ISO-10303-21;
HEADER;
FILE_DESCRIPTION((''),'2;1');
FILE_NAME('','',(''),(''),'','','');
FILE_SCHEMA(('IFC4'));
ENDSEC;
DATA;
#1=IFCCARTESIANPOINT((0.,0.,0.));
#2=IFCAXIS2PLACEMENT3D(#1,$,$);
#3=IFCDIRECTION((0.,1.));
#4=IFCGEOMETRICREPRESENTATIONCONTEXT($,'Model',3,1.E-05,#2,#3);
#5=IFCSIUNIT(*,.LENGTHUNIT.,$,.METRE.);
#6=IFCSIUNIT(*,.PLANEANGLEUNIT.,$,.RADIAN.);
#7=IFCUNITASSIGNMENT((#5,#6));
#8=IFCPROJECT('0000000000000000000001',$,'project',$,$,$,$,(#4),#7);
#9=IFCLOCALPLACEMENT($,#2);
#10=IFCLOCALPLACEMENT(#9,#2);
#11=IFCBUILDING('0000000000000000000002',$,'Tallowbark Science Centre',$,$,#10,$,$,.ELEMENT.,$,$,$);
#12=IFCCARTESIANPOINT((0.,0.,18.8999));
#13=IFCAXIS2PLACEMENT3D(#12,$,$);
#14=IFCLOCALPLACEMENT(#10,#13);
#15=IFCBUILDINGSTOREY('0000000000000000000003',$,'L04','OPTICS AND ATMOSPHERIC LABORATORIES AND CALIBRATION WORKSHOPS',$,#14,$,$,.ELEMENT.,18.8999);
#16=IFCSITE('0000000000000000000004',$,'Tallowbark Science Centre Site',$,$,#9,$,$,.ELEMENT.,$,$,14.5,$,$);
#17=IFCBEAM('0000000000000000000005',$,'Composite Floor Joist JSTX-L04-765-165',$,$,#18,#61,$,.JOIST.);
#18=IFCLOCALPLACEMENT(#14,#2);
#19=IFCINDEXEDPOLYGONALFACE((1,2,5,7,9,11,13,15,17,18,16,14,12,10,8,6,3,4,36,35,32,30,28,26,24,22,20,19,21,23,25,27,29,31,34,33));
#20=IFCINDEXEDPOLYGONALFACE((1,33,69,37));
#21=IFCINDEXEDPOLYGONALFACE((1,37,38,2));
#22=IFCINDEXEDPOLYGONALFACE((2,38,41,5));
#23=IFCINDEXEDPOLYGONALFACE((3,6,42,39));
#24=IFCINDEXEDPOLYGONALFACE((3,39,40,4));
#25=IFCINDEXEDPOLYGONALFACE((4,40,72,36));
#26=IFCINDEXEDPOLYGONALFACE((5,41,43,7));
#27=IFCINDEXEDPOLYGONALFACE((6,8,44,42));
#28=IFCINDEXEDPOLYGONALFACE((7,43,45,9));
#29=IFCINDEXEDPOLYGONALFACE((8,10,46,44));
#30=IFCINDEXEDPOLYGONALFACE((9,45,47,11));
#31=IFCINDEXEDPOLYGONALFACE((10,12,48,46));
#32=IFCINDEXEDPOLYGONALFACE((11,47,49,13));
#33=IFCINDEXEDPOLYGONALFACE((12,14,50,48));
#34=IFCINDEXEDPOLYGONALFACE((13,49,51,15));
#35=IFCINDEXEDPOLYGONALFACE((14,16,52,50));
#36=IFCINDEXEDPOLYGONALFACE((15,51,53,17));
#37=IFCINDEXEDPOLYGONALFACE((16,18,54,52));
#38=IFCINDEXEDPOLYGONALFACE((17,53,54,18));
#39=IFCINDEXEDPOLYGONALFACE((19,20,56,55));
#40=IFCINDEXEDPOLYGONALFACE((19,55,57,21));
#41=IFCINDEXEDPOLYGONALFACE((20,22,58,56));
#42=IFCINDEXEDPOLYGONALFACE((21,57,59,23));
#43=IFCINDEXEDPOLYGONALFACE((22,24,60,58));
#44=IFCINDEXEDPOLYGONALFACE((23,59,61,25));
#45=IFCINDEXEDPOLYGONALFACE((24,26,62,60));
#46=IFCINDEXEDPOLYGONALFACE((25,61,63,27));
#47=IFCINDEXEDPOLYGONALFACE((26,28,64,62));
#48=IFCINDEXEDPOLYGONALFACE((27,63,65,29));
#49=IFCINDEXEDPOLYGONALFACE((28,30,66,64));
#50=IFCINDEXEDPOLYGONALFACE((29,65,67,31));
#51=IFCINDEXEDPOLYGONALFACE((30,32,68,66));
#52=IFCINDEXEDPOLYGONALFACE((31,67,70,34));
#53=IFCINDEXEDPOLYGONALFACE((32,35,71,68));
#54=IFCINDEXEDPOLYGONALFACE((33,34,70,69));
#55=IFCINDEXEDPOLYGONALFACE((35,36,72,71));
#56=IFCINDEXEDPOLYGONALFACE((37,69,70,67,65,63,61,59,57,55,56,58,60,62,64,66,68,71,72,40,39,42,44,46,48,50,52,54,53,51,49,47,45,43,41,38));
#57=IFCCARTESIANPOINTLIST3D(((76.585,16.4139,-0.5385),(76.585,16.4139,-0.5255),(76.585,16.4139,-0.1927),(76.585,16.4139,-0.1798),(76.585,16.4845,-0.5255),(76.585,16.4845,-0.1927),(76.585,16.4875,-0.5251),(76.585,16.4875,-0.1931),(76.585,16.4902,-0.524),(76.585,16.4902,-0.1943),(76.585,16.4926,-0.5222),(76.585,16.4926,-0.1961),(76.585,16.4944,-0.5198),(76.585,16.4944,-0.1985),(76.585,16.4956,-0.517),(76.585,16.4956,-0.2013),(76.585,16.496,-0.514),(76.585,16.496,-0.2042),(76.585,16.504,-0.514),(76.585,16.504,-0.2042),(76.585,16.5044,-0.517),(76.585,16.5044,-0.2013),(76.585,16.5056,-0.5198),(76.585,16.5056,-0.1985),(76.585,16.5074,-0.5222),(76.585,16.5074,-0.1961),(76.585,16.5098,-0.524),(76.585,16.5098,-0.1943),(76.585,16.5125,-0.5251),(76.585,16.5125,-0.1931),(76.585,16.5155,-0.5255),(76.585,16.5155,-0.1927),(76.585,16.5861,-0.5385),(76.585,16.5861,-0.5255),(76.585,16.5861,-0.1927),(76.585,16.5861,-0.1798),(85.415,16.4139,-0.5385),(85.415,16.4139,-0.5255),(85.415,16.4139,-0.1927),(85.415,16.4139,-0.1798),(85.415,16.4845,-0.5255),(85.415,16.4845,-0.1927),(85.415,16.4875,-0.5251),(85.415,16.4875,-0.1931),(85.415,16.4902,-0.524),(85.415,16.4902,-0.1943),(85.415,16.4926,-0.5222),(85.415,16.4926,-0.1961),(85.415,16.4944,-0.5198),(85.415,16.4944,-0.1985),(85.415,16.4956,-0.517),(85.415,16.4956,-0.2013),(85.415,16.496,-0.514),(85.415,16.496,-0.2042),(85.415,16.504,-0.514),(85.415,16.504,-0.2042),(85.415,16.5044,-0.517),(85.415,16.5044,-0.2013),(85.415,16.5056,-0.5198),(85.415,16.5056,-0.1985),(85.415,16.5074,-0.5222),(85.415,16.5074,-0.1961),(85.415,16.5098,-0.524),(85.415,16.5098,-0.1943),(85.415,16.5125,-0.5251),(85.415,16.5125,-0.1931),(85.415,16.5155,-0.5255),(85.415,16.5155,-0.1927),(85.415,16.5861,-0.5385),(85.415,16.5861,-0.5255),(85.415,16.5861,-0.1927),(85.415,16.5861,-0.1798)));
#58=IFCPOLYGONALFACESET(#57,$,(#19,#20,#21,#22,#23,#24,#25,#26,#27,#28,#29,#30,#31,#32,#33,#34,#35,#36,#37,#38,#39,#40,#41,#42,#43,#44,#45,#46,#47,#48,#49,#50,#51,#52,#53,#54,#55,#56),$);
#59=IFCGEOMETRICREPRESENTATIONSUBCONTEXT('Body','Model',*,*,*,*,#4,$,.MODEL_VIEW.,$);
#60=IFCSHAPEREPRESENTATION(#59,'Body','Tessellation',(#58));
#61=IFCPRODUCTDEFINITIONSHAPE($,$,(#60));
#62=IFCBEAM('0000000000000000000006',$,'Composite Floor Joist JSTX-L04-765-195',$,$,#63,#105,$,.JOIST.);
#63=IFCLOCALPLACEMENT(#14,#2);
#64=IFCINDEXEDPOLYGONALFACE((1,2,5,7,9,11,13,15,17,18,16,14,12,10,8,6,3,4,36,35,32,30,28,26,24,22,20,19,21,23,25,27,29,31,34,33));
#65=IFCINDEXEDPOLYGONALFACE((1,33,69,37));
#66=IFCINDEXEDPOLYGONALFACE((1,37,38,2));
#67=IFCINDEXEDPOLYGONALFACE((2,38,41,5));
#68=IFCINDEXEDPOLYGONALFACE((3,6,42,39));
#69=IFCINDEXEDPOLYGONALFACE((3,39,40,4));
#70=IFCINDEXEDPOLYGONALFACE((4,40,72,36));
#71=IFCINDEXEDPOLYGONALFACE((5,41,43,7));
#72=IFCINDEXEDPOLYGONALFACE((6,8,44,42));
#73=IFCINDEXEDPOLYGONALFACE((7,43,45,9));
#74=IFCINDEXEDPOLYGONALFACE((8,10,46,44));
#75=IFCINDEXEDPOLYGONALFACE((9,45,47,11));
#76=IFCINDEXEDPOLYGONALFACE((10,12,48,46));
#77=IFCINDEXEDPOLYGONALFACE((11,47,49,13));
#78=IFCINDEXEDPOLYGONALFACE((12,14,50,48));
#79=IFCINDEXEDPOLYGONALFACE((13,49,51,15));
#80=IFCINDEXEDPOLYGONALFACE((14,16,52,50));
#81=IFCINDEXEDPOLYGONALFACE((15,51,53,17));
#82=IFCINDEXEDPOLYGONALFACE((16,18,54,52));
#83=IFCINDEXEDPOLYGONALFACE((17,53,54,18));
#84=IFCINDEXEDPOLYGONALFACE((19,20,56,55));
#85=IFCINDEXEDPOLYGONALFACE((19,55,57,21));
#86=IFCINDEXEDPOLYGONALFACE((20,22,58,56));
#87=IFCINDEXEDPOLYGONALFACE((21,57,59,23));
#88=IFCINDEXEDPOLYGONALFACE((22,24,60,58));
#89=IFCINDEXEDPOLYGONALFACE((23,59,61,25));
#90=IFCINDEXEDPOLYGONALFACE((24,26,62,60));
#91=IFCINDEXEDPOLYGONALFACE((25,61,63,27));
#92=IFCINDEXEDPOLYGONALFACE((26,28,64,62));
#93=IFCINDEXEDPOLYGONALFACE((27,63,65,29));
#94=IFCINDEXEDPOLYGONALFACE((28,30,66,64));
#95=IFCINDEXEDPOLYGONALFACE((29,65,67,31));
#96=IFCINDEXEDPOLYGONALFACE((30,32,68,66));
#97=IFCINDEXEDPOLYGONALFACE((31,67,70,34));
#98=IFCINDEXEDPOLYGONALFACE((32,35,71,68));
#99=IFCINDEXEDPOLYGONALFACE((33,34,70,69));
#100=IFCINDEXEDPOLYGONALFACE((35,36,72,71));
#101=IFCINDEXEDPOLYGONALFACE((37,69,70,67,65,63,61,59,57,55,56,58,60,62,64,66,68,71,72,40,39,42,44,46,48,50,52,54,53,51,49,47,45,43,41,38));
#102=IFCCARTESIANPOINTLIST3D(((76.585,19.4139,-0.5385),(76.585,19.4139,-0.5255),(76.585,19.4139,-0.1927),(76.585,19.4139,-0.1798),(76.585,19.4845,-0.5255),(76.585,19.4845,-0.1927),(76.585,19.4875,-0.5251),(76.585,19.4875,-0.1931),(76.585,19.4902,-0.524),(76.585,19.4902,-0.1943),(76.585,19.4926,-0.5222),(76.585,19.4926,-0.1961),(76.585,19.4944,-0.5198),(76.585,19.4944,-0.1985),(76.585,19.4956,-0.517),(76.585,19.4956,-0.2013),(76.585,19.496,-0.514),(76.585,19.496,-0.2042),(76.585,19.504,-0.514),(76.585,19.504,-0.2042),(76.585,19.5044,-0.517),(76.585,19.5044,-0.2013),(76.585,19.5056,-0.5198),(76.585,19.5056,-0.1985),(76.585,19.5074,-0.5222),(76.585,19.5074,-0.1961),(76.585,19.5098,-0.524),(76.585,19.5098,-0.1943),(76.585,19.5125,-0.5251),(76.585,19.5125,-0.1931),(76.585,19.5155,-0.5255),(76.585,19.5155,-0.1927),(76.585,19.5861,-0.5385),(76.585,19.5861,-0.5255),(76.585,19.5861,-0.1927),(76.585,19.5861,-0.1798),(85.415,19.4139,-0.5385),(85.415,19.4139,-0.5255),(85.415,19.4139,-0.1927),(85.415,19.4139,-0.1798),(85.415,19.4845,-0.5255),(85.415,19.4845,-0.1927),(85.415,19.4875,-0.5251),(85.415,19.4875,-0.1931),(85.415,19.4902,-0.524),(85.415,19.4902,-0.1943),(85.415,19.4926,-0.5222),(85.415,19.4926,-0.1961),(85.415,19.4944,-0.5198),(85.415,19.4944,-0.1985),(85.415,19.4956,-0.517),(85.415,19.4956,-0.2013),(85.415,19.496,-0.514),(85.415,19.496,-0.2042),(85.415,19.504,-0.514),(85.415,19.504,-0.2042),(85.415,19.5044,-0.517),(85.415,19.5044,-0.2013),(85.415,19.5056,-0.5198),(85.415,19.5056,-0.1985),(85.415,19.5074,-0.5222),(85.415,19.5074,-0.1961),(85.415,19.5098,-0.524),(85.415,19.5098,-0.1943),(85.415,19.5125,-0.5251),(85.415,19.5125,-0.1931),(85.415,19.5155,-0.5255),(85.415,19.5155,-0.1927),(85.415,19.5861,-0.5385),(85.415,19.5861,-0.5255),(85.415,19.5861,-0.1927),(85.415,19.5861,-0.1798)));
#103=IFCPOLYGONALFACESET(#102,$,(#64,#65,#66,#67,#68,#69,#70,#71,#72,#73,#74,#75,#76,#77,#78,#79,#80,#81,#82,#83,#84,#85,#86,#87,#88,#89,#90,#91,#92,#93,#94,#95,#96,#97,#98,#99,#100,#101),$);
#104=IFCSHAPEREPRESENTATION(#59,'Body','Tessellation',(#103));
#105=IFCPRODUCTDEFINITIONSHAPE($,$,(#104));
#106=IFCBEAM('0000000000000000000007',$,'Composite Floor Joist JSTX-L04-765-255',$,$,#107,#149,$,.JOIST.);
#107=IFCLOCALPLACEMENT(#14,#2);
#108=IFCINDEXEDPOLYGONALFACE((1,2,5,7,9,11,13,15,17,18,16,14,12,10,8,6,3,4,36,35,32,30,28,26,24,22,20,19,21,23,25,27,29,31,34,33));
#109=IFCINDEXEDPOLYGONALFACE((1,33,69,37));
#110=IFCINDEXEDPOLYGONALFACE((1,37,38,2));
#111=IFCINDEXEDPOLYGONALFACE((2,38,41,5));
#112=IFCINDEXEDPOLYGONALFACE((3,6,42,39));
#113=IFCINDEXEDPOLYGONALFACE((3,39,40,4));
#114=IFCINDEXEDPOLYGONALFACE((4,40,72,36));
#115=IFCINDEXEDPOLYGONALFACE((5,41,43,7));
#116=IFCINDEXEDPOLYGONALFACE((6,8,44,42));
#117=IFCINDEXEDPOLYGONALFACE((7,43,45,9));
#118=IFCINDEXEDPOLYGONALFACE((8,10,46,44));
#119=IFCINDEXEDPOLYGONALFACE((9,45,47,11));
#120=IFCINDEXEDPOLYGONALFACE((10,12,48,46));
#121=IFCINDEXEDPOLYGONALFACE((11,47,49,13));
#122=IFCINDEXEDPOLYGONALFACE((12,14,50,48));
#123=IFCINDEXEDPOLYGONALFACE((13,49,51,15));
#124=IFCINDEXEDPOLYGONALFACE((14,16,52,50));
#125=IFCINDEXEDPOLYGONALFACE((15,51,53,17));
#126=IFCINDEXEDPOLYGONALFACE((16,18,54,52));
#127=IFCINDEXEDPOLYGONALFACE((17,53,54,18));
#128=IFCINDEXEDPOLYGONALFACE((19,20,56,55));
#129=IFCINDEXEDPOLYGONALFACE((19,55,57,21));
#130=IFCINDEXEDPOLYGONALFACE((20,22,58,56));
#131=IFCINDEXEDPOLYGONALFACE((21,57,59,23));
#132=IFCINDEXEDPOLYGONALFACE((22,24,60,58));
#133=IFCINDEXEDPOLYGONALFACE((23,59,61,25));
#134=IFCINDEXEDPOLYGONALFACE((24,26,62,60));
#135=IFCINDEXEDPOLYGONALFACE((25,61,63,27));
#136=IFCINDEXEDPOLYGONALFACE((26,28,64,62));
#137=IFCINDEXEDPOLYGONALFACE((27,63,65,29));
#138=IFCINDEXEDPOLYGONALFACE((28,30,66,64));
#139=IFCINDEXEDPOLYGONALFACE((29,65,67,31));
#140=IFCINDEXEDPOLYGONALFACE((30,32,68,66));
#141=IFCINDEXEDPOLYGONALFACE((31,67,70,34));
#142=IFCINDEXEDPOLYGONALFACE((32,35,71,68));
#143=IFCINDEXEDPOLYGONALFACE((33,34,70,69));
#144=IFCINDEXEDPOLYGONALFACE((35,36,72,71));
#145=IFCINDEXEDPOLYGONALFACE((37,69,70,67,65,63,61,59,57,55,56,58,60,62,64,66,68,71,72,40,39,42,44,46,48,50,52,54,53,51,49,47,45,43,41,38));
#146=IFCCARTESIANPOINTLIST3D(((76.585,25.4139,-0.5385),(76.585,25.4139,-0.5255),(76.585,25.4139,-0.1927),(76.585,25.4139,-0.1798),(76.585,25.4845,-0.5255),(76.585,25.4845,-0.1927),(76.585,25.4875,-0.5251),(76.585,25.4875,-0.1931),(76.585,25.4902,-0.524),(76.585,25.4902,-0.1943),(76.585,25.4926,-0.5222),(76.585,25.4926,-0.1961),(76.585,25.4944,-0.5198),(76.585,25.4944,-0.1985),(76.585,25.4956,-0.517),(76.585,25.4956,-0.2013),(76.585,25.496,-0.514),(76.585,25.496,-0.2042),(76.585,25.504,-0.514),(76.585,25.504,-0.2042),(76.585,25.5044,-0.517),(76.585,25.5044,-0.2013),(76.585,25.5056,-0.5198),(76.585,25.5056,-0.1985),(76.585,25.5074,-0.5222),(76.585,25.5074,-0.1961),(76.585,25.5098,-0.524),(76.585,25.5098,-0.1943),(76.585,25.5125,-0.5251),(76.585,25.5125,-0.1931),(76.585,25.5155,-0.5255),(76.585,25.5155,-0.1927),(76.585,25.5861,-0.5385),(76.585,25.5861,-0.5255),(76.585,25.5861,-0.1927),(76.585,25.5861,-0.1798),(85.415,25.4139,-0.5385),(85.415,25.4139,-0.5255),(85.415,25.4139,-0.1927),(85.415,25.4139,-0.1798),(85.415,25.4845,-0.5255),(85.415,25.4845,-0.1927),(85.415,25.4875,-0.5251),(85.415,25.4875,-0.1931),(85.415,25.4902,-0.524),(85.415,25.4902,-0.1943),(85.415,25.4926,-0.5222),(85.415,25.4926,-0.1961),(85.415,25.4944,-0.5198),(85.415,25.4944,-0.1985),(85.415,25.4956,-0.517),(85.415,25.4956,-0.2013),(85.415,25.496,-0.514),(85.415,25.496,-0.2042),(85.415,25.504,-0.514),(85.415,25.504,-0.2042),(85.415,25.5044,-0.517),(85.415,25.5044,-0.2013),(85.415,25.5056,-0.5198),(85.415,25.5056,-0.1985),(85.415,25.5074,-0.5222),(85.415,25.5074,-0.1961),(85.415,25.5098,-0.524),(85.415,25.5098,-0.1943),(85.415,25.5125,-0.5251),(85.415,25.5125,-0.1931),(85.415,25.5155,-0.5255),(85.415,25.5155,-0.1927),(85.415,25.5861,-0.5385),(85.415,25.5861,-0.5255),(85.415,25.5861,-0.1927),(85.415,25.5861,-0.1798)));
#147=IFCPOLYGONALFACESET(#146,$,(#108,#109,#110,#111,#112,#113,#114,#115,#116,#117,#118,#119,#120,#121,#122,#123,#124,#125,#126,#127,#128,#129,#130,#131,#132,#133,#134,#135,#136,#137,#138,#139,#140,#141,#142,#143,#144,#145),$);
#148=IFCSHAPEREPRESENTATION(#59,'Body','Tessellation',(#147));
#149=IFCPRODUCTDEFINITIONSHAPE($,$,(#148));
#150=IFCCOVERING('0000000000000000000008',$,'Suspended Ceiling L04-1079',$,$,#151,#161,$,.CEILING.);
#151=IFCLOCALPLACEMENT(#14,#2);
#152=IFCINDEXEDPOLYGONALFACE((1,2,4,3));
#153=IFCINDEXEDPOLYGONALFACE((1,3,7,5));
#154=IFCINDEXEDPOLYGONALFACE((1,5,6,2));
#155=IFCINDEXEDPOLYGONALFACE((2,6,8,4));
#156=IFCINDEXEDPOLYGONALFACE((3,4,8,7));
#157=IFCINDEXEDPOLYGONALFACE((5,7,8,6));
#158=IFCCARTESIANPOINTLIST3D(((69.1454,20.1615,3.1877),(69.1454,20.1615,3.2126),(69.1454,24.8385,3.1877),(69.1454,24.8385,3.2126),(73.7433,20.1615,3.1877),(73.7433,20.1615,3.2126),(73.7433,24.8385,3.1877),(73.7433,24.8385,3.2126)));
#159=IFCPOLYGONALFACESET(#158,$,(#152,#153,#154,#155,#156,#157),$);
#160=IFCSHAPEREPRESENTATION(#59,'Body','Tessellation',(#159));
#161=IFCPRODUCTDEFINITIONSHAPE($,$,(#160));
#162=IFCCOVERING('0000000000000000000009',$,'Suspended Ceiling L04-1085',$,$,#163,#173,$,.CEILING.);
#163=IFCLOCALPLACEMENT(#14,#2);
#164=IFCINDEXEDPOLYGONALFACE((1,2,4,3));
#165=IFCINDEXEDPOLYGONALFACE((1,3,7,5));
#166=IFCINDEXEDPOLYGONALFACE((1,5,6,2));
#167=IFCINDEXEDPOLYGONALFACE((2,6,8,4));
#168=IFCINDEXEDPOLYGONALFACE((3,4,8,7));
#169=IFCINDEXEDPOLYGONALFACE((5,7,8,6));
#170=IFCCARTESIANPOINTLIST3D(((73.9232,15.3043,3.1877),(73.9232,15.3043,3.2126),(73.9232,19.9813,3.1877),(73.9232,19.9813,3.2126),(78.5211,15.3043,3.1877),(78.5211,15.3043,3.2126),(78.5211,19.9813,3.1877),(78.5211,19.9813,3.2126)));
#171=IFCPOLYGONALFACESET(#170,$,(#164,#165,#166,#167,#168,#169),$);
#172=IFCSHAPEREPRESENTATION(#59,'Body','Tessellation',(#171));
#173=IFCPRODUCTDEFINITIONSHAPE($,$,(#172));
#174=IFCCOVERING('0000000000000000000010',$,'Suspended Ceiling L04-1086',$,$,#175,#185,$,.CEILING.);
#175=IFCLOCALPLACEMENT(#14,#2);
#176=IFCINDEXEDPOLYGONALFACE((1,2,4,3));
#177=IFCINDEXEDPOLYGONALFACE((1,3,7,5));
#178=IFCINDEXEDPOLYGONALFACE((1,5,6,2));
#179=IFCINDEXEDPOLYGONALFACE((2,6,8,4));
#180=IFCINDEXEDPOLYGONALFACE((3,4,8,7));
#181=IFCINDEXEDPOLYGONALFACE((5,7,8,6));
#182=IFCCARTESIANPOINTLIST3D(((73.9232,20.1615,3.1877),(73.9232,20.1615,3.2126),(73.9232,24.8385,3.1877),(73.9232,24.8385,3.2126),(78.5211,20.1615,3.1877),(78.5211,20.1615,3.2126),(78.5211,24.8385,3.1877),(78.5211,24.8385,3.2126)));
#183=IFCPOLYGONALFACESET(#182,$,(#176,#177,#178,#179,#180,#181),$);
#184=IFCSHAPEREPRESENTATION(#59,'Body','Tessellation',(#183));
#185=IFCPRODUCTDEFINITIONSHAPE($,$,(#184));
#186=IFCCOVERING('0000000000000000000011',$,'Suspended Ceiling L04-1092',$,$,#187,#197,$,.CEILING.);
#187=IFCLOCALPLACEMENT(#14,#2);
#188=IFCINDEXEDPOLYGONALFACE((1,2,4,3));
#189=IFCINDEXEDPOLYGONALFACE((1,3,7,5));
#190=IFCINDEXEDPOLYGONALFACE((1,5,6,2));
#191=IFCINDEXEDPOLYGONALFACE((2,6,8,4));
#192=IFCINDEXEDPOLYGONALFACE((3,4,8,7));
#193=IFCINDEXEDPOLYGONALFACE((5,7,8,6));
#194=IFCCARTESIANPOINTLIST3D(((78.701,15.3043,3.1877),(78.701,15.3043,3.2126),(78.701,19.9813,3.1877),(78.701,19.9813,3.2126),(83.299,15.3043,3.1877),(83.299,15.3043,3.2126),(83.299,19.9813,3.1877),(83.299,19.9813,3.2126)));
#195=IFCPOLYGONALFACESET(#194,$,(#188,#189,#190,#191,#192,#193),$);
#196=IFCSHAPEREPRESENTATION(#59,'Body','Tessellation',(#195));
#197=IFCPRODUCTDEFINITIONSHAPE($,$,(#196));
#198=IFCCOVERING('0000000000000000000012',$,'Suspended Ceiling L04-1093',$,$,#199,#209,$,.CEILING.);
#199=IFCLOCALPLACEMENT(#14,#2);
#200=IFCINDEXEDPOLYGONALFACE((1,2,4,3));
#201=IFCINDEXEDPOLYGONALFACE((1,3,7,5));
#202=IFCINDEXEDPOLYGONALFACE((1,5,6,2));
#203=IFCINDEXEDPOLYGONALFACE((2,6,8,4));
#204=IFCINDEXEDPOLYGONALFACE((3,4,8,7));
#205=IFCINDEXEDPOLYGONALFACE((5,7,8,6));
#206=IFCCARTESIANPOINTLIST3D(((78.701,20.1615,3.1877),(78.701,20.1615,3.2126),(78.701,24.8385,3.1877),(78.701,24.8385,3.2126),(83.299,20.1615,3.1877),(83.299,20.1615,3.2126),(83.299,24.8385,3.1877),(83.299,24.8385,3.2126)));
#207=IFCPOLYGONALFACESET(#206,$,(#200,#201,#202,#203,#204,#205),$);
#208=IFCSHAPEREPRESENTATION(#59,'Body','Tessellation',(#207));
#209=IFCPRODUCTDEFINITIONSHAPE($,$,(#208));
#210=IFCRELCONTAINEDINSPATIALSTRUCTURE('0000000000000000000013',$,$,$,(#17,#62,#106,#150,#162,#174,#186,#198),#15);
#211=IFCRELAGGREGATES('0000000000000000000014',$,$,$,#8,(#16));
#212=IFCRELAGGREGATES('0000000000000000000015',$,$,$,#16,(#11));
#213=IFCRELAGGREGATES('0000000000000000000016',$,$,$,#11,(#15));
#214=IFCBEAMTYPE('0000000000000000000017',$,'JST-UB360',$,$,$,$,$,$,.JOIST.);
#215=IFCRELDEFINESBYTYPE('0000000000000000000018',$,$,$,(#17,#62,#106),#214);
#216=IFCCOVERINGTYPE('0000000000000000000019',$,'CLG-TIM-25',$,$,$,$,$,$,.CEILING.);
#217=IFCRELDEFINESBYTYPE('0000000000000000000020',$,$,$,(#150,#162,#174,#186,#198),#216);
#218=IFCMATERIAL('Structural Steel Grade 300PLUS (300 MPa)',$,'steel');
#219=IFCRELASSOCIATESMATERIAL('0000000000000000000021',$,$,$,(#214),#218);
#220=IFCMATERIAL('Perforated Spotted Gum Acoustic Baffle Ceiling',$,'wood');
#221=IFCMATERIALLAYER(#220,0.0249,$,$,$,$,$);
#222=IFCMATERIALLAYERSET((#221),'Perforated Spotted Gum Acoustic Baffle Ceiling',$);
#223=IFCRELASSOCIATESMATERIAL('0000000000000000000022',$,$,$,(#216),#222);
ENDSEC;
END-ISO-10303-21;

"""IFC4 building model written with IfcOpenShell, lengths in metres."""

from ifc_helpers import new_model, si_unit, direction, frame, origin, origin_2d, place, context, subcontext, project, spatial, rectangle, i_section, extrude, material, layer, layer_set, material_profile, profile_set, type_object, element, save


model = new_model("IFC4")

# Units and contexts
model_context = context("Model", 3, precision=1e-05, world=origin(), true_north=direction((0.0, 1.0)))
body_context = subcontext(model_context, "Body", "Model", "MODEL_VIEW")
ifc_project = project(units=[si_unit("LENGTHUNIT", "METRE"), si_unit("PLANEANGLEUNIT", "RADIAN")], contexts=[model_context])

# Site, building, storey
site_placement = place(None, origin())
site = spatial("IfcSite", under=ifc_project, at=site_placement, Name="Tallowbark Science Centre Site", CompositionType="ELEMENT", RefElevation=14.5)
building_placement = place(site_placement, origin())
building = spatial("IfcBuilding", under=site, at=building_placement, Name="Tallowbark Science Centre", CompositionType="ELEMENT")
storey_placement = place(building_placement, frame((0.0, 0.0, 18.8999)))
storey = spatial("IfcBuildingStorey", under=building, at=storey_placement, Name="L04", Description="OPTICS AND ATMOSPHERIC LABORATORIES AND CALIBRATION WORKSHOPS", CompositionType="ELEMENT", Elevation=18.8999)

# Shared definitions
ifc_material_1 = material(Name="Structural Steel Grade 300PLUS (300 MPa)", Category="steel")

# Beams
ifc_material_profile_1 = material_profile(ifc_material_1, i_section(OverallWidth=0.1721, OverallDepth=0.3586, WebThickness=0.0081, FlangeThickness=0.0129, FilletRadius=0.0115, at=origin_2d()), Name="360UB56.7")
ifc_profile_set_1 = profile_set([ifc_material_profile_1], Name="Structural Steel Grade 300PLUS (300 MPa)")
beam_type_1 = type_object("IfcBeamType", Name="JST-UB360", PredefinedType="JOIST", material=ifc_profile_set_1)
for number, where, z_axis, x_axis, name in (
    (1, (76.585, 16.5, -0.3591), (1.0, 0.0, 0.0), (0.0, 1.0, 0.0), "Composite Floor Joist JSTX-L04-765-165"),
    (2, (76.585, 19.5, -0.3591), (1.0, 0.0, 0.0), (0.0, 1.0, 0.0), "Composite Floor Joist JSTX-L04-765-195"),
    (3, (76.585, 25.5, -0.3591), (1.0, 0.0, 0.0), (0.0, 1.0, 0.0), "Composite Floor Joist JSTX-L04-765-255"),
):
    element("IfcBeam", number, at=place(storey_placement, frame(where, z_axis=z_axis, x_axis=x_axis)), inside=storey, type_object=beam_type_1, Name=name, PredefinedType="JOIST", context=body_context, shape_type="SweptSolid", body=[
        extrude(i_section(OverallWidth=0.1721, OverallDepth=0.3586, WebThickness=0.0081, FlangeThickness=0.0129, FilletRadius=0.0115, at=origin_2d()), origin(), (0.0, 0.0, 1.0), 8.8301),
    ])

# Coverings
ifc_material_2 = material(Name="Perforated Spotted Gum Acoustic Baffle Ceiling", Category="wood")
ifc_layer_1 = layer(ifc_material_2, 0.0249)
ifc_layer_set_1 = layer_set([ifc_layer_1], Name="Perforated Spotted Gum Acoustic Baffle Ceiling")
covering_type_1 = type_object("IfcCoveringType", Name="CLG-TIM-25", PredefinedType="CEILING", material=ifc_layer_set_1)
for number, where, z_axis, x_axis, name in (
    (4, (71.4443, 22.5, 3.1877), (0.0, 0.0, 1.0), (1.0, 0.0, 0.0), "Suspended Ceiling L04-1079"),
    (5, (76.2222, 17.6428, 3.1877), (0.0, 0.0, 1.0), (1.0, 0.0, 0.0), "Suspended Ceiling L04-1085"),
    (6, (76.2222, 22.5, 3.1877), (0.0, 0.0, 1.0), (1.0, 0.0, 0.0), "Suspended Ceiling L04-1086"),
    (7, (81.0, 17.6428, 3.1877), (0.0, 0.0, 1.0), (1.0, 0.0, 0.0), "Suspended Ceiling L04-1092"),
    (8, (81.0, 22.5, 3.1877), (0.0, 0.0, 1.0), (1.0, 0.0, 0.0), "Suspended Ceiling L04-1093"),
):
    element("IfcCovering", number, at=place(storey_placement, frame(where, z_axis=z_axis, x_axis=x_axis)), inside=storey, type_object=covering_type_1, Name=name, PredefinedType="CEILING", context=body_context, shape_type="SweptSolid", body=[
        extrude(rectangle(XDim=4.5979, YDim=4.677, at=origin_2d()), origin(), (0.0, 0.0, 1.0), 0.0249),
    ])

save(model, "model.ifc")
